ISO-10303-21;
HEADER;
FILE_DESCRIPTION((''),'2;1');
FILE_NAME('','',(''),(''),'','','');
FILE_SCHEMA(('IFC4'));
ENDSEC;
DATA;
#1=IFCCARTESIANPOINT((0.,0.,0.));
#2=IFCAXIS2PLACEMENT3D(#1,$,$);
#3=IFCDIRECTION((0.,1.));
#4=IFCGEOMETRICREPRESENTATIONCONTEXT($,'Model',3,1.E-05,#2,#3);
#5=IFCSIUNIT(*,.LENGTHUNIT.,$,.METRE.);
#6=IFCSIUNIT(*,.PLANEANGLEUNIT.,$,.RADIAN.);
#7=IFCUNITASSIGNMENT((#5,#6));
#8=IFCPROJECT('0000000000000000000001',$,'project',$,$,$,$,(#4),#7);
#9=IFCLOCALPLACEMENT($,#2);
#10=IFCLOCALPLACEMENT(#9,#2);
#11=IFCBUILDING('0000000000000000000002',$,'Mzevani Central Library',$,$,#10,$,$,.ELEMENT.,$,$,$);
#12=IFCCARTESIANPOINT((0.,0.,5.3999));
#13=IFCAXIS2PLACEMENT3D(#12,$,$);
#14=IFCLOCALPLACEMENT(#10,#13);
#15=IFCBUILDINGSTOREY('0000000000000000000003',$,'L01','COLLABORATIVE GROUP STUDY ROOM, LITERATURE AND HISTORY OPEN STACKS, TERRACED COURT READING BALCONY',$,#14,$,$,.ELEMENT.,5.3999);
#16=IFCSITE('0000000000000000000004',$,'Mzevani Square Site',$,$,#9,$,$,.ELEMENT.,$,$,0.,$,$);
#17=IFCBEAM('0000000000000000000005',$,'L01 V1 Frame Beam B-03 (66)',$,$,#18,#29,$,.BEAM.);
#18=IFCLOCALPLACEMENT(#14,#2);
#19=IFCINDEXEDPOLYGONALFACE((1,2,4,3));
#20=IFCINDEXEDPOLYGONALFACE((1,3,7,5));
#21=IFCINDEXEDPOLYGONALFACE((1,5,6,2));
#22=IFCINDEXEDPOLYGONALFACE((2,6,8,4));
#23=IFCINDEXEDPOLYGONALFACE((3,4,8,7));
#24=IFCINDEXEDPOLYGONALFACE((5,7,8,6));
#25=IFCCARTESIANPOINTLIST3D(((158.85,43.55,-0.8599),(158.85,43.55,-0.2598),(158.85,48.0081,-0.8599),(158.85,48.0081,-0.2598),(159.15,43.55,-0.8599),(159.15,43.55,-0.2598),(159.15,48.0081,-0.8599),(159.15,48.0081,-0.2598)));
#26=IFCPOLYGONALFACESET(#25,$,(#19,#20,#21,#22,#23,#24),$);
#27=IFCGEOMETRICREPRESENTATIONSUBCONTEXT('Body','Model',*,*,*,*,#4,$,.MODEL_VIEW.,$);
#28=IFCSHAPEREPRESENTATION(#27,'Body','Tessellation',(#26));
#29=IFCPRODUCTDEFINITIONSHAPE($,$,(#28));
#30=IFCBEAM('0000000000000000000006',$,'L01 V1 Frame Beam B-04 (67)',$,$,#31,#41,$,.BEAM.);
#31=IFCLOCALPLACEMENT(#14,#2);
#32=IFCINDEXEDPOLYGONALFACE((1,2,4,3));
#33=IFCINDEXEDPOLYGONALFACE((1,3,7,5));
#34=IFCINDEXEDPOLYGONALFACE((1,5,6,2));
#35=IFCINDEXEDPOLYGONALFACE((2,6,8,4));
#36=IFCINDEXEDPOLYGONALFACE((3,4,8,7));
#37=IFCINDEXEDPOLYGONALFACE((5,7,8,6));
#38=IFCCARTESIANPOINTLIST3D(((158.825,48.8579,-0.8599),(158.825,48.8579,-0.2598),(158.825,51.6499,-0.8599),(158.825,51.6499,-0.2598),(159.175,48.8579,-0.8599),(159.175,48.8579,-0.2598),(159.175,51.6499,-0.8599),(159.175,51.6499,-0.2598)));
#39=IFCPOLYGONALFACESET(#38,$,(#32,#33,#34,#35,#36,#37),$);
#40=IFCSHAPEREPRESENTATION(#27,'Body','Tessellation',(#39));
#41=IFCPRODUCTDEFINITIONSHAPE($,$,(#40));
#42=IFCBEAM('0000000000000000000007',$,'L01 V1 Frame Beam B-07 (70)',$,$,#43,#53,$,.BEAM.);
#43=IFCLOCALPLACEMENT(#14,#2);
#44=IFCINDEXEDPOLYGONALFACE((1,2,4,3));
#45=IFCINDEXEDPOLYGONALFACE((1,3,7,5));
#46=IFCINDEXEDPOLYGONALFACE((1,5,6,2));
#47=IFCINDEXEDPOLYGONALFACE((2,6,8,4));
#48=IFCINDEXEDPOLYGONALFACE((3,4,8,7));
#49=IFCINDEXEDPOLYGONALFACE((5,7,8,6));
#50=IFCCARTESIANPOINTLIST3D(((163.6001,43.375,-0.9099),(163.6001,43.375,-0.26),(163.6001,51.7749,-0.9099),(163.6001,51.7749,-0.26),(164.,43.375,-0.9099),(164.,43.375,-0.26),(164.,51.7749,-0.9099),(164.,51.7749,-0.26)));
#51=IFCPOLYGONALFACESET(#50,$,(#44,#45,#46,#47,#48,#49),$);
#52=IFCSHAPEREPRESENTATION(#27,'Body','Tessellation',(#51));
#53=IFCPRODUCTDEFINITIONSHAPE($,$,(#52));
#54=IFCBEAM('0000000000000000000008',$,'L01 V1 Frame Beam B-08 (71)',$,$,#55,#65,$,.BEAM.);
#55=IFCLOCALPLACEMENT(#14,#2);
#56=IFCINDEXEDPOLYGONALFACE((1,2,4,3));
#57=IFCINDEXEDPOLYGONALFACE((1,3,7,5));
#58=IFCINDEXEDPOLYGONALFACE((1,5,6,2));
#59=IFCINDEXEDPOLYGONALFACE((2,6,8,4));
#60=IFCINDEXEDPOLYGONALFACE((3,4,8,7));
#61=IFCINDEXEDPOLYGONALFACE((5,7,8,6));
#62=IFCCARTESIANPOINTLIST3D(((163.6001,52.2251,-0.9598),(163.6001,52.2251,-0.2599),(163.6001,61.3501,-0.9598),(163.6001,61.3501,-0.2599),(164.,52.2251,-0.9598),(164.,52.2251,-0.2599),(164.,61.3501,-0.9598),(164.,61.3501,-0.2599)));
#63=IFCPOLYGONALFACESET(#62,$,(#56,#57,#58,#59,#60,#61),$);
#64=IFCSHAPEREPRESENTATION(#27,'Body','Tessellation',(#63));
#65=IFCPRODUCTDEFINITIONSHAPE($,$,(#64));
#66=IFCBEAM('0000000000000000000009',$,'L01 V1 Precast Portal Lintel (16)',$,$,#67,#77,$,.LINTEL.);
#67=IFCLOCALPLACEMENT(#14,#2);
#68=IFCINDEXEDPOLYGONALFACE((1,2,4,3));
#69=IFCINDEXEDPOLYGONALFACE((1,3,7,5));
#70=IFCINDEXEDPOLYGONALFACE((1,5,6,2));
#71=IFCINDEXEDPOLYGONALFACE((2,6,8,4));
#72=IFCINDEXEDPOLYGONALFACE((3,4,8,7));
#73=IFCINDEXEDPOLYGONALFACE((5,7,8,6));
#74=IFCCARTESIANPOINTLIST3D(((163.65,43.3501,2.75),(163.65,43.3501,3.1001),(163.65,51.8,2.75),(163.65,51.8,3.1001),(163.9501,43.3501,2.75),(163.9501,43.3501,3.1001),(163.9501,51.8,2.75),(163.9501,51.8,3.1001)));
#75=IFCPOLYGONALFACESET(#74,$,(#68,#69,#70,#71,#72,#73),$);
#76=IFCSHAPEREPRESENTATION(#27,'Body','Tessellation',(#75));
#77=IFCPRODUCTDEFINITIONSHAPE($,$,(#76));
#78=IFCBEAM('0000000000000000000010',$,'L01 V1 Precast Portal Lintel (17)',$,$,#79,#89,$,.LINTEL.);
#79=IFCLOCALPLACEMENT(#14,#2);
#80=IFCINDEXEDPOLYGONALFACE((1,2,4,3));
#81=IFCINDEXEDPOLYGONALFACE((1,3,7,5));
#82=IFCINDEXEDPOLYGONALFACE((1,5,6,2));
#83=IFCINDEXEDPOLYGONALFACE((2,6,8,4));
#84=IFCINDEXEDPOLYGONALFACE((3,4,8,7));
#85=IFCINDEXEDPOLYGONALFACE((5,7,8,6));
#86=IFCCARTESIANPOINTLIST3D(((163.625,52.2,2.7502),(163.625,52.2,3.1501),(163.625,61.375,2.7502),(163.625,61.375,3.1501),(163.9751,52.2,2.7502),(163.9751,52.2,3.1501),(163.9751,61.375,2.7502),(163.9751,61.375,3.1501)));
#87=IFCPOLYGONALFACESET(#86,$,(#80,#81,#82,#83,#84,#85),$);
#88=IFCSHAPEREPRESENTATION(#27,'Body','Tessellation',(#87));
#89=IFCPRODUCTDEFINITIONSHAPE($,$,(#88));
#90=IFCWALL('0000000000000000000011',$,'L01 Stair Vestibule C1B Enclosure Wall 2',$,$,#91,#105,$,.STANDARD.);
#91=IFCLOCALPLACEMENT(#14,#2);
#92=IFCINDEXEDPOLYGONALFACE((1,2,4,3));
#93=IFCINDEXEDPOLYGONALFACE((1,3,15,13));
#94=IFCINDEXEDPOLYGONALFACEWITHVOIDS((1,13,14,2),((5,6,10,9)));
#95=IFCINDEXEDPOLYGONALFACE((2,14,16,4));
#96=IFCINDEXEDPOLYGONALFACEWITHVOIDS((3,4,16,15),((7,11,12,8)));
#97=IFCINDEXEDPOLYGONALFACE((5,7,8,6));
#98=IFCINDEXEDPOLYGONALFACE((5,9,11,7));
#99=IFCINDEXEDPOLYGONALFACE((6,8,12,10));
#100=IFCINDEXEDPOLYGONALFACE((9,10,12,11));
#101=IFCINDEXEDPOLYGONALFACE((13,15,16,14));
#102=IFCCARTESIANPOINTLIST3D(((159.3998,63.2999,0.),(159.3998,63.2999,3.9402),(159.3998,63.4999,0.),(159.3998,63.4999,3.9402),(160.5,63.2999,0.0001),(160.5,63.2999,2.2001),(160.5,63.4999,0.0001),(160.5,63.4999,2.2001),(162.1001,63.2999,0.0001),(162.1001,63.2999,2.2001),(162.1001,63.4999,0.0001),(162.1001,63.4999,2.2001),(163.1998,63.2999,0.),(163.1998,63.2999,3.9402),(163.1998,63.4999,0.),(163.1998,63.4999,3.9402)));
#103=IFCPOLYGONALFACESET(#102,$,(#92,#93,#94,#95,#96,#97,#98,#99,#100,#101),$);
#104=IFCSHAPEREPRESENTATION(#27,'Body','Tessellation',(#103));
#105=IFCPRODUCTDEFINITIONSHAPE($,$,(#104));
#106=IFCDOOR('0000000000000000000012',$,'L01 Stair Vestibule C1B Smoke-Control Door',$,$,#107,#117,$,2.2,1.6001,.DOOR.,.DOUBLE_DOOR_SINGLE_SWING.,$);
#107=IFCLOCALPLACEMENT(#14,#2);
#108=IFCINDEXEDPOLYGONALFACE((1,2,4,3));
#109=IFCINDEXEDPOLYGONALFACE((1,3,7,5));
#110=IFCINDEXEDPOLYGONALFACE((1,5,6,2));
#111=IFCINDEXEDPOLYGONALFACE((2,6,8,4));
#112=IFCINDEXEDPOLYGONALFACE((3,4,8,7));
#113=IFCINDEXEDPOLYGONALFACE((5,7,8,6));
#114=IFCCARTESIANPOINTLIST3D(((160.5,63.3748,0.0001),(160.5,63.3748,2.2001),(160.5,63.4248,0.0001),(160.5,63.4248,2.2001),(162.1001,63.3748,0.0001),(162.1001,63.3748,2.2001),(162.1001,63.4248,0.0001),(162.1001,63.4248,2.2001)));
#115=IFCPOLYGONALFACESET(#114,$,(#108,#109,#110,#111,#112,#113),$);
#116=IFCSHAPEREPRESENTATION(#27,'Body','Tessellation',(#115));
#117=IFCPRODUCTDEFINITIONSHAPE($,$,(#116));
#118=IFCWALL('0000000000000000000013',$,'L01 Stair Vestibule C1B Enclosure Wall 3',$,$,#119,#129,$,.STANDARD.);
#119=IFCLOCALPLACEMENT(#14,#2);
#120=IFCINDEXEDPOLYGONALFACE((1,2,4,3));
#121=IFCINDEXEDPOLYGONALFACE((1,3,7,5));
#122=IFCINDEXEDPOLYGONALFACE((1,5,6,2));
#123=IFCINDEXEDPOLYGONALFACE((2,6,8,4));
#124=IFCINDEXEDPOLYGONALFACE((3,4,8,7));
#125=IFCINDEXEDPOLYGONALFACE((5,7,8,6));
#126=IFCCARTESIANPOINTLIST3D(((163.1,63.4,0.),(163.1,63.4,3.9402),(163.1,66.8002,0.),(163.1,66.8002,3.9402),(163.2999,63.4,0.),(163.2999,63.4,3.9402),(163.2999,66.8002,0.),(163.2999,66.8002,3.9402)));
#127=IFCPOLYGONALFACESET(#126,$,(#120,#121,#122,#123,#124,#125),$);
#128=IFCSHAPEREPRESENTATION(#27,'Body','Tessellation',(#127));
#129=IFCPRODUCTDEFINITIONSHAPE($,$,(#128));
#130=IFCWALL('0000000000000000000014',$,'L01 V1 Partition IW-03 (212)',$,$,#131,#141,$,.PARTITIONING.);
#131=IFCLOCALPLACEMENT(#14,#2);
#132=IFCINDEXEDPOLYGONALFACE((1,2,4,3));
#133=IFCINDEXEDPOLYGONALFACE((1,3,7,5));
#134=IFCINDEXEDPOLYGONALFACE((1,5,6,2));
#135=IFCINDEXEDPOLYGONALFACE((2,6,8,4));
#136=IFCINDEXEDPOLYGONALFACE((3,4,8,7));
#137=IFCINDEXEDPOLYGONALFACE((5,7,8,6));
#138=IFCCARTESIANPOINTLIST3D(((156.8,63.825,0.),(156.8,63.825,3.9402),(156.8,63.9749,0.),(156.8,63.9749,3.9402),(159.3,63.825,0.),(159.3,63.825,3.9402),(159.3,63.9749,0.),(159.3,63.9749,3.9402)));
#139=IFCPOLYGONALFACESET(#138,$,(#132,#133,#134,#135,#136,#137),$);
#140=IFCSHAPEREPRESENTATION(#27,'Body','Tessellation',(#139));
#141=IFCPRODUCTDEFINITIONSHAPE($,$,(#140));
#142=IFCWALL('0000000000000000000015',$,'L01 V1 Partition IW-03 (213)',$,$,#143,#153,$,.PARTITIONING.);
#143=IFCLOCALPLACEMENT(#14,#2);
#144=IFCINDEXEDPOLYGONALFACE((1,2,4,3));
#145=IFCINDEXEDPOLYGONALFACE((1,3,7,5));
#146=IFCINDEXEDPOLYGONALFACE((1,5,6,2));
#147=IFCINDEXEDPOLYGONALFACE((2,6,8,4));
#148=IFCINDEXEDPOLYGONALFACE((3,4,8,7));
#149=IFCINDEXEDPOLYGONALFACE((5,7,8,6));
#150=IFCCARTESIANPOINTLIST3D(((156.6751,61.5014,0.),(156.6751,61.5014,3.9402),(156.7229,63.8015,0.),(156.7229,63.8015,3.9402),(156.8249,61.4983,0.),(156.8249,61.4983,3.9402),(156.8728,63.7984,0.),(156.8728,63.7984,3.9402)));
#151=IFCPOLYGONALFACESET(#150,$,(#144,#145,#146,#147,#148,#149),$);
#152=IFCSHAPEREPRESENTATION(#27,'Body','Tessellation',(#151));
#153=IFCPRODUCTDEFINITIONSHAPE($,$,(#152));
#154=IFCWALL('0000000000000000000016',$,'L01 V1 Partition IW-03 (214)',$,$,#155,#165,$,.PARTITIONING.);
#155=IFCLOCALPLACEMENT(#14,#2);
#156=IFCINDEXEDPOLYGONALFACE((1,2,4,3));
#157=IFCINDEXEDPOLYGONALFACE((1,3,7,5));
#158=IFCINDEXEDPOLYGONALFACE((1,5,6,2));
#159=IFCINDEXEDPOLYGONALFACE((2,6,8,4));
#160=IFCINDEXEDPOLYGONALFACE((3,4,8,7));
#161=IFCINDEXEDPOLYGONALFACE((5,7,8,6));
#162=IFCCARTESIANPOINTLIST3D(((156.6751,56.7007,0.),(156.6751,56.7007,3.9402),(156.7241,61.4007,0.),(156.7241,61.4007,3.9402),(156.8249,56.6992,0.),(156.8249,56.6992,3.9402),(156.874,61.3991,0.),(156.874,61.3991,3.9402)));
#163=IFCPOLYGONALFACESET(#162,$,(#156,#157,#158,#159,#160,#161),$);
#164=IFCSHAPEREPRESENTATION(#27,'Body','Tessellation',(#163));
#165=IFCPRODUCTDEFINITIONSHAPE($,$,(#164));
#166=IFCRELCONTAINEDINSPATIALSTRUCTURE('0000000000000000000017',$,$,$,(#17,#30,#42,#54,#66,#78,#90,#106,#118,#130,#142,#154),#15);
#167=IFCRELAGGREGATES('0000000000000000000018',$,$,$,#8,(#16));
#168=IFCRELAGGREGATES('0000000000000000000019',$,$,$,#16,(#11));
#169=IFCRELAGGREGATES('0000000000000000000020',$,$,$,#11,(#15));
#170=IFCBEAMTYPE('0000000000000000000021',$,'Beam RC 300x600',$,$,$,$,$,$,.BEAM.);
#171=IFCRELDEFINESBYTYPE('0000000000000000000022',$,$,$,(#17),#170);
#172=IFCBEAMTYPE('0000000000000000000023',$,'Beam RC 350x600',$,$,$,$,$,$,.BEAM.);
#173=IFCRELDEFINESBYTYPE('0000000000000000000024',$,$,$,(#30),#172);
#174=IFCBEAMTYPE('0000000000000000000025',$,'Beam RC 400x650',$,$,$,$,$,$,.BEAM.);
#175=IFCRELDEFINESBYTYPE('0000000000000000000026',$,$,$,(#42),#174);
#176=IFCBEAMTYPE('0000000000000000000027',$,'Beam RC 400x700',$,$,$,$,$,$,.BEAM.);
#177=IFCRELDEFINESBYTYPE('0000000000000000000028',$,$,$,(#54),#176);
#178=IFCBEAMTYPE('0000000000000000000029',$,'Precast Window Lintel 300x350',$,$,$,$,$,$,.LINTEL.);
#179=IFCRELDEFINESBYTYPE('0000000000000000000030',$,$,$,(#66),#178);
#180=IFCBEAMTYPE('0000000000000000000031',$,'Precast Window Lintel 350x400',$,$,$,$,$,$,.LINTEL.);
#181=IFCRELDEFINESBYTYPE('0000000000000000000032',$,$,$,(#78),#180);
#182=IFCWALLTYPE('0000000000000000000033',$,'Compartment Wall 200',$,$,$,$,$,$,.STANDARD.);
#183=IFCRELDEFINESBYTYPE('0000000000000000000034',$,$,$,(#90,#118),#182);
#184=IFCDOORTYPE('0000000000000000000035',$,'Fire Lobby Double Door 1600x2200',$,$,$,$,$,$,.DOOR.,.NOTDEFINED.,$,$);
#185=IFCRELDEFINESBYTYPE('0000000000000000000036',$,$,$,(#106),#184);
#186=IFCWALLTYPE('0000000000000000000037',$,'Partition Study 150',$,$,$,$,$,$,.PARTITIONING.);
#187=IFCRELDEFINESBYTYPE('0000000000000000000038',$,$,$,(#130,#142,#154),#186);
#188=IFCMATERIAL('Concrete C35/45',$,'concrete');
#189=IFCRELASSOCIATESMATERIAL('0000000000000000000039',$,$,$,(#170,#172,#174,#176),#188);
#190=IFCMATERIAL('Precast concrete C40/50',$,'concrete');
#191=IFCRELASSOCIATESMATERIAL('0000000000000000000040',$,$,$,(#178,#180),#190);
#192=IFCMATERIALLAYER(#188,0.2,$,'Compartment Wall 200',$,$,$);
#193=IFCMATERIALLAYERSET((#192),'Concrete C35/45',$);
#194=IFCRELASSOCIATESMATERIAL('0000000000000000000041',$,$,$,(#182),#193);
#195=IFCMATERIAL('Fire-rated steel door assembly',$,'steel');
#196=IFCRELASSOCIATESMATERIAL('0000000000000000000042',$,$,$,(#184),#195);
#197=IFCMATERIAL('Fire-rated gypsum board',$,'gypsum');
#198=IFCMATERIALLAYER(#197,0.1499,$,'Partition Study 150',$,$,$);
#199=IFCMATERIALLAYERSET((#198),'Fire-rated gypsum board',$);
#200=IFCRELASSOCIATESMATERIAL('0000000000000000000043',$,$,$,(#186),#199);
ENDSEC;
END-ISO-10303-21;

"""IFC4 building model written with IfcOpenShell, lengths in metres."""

from ifc_helpers import new_model, si_unit, direction, frame, frame_2d, origin, origin_2d, place, context, subcontext, project, spatial, rectangle, extrude, material, layer, layer_set, material_profile, profile_set, type_object, element, fill, save


model = new_model("IFC4")

# Units and contexts
model_context = context("Model", 3, precision=1e-05, world=origin(), true_north=direction((0.0, 1.0)))
body_context = subcontext(model_context, "Body", "Model", "MODEL_VIEW")
ifc_project = project(units=[si_unit("LENGTHUNIT", "METRE"), si_unit("PLANEANGLEUNIT", "RADIAN")], contexts=[model_context])

# Site, building, storey
site_placement = place(None, origin())
site = spatial("IfcSite", under=ifc_project, at=site_placement, Name="Mzevani Square Site", CompositionType="ELEMENT", RefElevation=0.0)
building_placement = place(site_placement, origin())
building = spatial("IfcBuilding", under=site, at=building_placement, Name="Mzevani Central Library", CompositionType="ELEMENT")
storey_placement = place(building_placement, frame((0.0, 0.0, 5.3999)))
storey = spatial("IfcBuildingStorey", under=building, at=storey_placement, Name="L01", Description="COLLABORATIVE GROUP STUDY ROOM, LITERATURE AND HISTORY OPEN STACKS, TERRACED COURT READING BALCONY", CompositionType="ELEMENT", Elevation=5.3999)

# Beams
ifc_material_1 = material(Name="Concrete C35/45", Category="concrete")
ifc_material_profile_1 = material_profile(ifc_material_1, rectangle(XDim=0.3, YDim=0.6001, at=origin_2d()), Name="RC B300x600")
ifc_profile_set_1 = profile_set([ifc_material_profile_1], Name="Concrete C35/45")
beam_type_1 = type_object("IfcBeamType", Name="Beam RC 300x600", PredefinedType="BEAM", material=ifc_profile_set_1)
beam_1_placement = place(storey_placement, frame((159.0, 43.55, -0.5598), z_axis=(0.0, 1.0, 0.0), x_axis=(-1.0, 0.0, 0.0)))
element("IfcBeam", 1, at=beam_1_placement, inside=storey, type_object=beam_type_1, Name="L01 V1 Frame Beam B-03 (66)", PredefinedType="BEAM", context=body_context, shape_type="SweptSolid", body=[
    extrude(rectangle(XDim=0.3, YDim=0.6001, at=origin_2d()), origin(), (0.0, 0.0, 1.0), 4.458),
])
ifc_material_profile_2 = material_profile(ifc_material_1, rectangle(XDim=0.3501, YDim=0.6001, at=origin_2d()), Name="RC B350x600")
ifc_profile_set_2 = profile_set([ifc_material_profile_2], Name="Concrete C35/45")
beam_type_2 = type_object("IfcBeamType", Name="Beam RC 350x600", PredefinedType="BEAM", material=ifc_profile_set_2)
beam_2_placement = place(storey_placement, frame((159.0, 48.8579, -0.5598), z_axis=(0.0, 1.0, 0.0), x_axis=(-1.0, 0.0, 0.0)))
element("IfcBeam", 2, at=beam_2_placement, inside=storey, type_object=beam_type_2, Name="L01 V1 Frame Beam B-04 (67)", PredefinedType="BEAM", context=body_context, shape_type="SweptSolid", body=[
    extrude(rectangle(XDim=0.3501, YDim=0.6001, at=origin_2d()), origin(), (0.0, 0.0, 1.0), 2.792),
])
ifc_material_profile_3 = material_profile(ifc_material_1, rectangle(XDim=0.3999, YDim=0.6499, at=origin_2d()), Name="RC B400x650")
ifc_profile_set_3 = profile_set([ifc_material_profile_3], Name="Concrete C35/45")
beam_type_3 = type_object("IfcBeamType", Name="Beam RC 400x650", PredefinedType="BEAM", material=ifc_profile_set_3)
beam_3_placement = place(storey_placement, frame((163.8, 43.375, -0.585), z_axis=(0.0, 1.0, 0.0), x_axis=(-1.0, 0.0, 0.0)))
element("IfcBeam", 3, at=beam_3_placement, inside=storey, type_object=beam_type_3, Name="L01 V1 Frame Beam B-07 (70)", PredefinedType="BEAM", context=body_context, shape_type="SweptSolid", body=[
    extrude(rectangle(XDim=0.3999, YDim=0.6499, at=origin_2d()), origin(), (0.0, 0.0, 1.0), 8.3999),
])
ifc_material_profile_4 = material_profile(ifc_material_1, rectangle(XDim=0.3999, YDim=0.7, at=origin_2d()), Name="RC B400x700")
ifc_profile_set_4 = profile_set([ifc_material_profile_4], Name="Concrete C35/45")
beam_type_4 = type_object("IfcBeamType", Name="Beam RC 400x700", PredefinedType="BEAM", material=ifc_profile_set_4)
beam_4_placement = place(storey_placement, frame((163.8, 52.2251, -0.6099), z_axis=(0.0, 1.0, 0.0), x_axis=(-1.0, 0.0, 0.0)))
element("IfcBeam", 4, at=beam_4_placement, inside=storey, type_object=beam_type_4, Name="L01 V1 Frame Beam B-08 (71)", PredefinedType="BEAM", context=body_context, shape_type="SweptSolid", body=[
    extrude(rectangle(XDim=0.3999, YDim=0.7, at=origin_2d()), origin(), (0.0, 0.0, 1.0), 9.125),
])
ifc_material_2 = material(Name="Precast concrete C40/50", Category="concrete")
ifc_material_profile_5 = material_profile(ifc_material_2, rectangle(XDim=0.3, YDim=0.3501, at=origin_2d()), Name="PC LN300x350")
ifc_profile_set_5 = profile_set([ifc_material_profile_5], Name="Precast concrete C40/50")
beam_type_5 = type_object("IfcBeamType", Name="Precast Window Lintel 300x350", PredefinedType="LINTEL", material=ifc_profile_set_5)
beam_5_placement = place(storey_placement, frame((163.8, 43.3501, 2.925), z_axis=(0.0, 1.0, 0.0), x_axis=(-1.0, 0.0, 0.0)))
element("IfcBeam", 5, at=beam_5_placement, inside=storey, type_object=beam_type_5, Name="L01 V1 Precast Portal Lintel (16)", PredefinedType="LINTEL", context=body_context, shape_type="SweptSolid", body=[
    extrude(rectangle(XDim=0.3, YDim=0.3501, at=origin_2d()), origin(), (0.0, 0.0, 1.0), 8.45),
])
ifc_material_profile_6 = material_profile(ifc_material_2, rectangle(XDim=0.3501, YDim=0.3999, at=origin_2d()), Name="PC LN350x400")
ifc_profile_set_6 = profile_set([ifc_material_profile_6], Name="Precast concrete C40/50")
beam_type_6 = type_object("IfcBeamType", Name="Precast Window Lintel 350x400", PredefinedType="LINTEL", material=ifc_profile_set_6)
beam_6_placement = place(storey_placement, frame((163.8, 52.2, 2.9502), z_axis=(0.0, 1.0, 0.0), x_axis=(-1.0, 0.0, 0.0)))
element("IfcBeam", 6, at=beam_6_placement, inside=storey, type_object=beam_type_6, Name="L01 V1 Precast Portal Lintel (17)", PredefinedType="LINTEL", context=body_context, shape_type="SweptSolid", body=[
    extrude(rectangle(XDim=0.3501, YDim=0.3999, at=origin_2d()), origin(), (0.0, 0.0, 1.0), 9.175),
])

# Wall, opening, door
ifc_layer_1 = layer(ifc_material_1, 0.2, Name="Compartment Wall 200")
ifc_layer_set_1 = layer_set([ifc_layer_1], Name="Concrete C35/45")
wall_type_1 = type_object("IfcWallType", Name="Compartment Wall 200", PredefinedType="STANDARD", material=ifc_layer_set_1)
wall_1_placement = place(storey_placement, frame((159.3999, 63.3999, 0.0), z_axis=(0.0, 0.0, 1.0), x_axis=(1.0, 0.0, 0.0)))
wall_1 = element("IfcWall", 7, at=wall_1_placement, inside=storey, type_object=wall_type_1, Name="L01 Stair Vestibule C1B Enclosure Wall 2", PredefinedType="STANDARD", context=body_context, shape_type="SweptSolid", body=[
    extrude(rectangle(XDim=3.8, YDim=0.2, at=frame_2d((1.8999, 0.0))), origin(), (0.0, 0.0, 1.0), 3.9402),
])
opening_placement = place(wall_1_placement, frame((1.1001, 0.0, 0.0)))
opening = element("IfcOpeningElement", 8, at=opening_placement, cuts=wall_1, PredefinedType="OPENING", context=body_context, shape_type="SweptSolid", body=[
    extrude(rectangle(XDim=1.6001, YDim=2.2, at=frame_2d((0.8, 1.1001))), frame((0.0, 0.1099, 0.0), z_axis=(0.0, -1.0, 0.0), x_axis=(1.0, 0.0, 0.0)), (0.0, 0.0, 1.0), 0.22),
])
ifc_material_3 = material(Name="Fire-rated steel door assembly", Category="steel")
door_type = type_object("IfcDoorType", Name="Fire Lobby Double Door 1600x2200", OperationType="NOTDEFINED", PredefinedType="DOOR", material=ifc_material_3)
door_placement = place(opening_placement, origin())
door = element("IfcDoor", 9, at=door_placement, inside=storey, type_object=door_type, Name="L01 Stair Vestibule C1B Smoke-Control Door", OperationType="DOUBLE_DOOR_SINGLE_SWING", OverallHeight=2.2, OverallWidth=1.6001, PredefinedType="DOOR", context=body_context, shape_type="SweptSolid", body=[
    extrude(rectangle(XDim=1.6001, YDim=2.2, at=frame_2d((0.8, 1.1001))), frame((0.0, 0.0249, 0.0), z_axis=(0.0, -1.0, 0.0), x_axis=(1.0, 0.0, 0.0)), (0.0, 0.0, 1.0), 0.05),
])
fill(opening, door)

# Walls
wall_2_placement = place(storey_placement, frame((163.2, 63.3999, 0.0), z_axis=(0.0, 0.0, 1.0), x_axis=(0.0, 1.0, 0.0)))
element("IfcWall", 10, at=wall_2_placement, inside=storey, type_object=wall_type_1, Name="L01 Stair Vestibule C1B Enclosure Wall 3", PredefinedType="STANDARD", context=body_context, shape_type="SweptSolid", body=[
    extrude(rectangle(XDim=3.4001, YDim=0.2, at=frame_2d((1.7002, 0.0))), origin(), (0.0, 0.0, 1.0), 3.9402),
])
ifc_material_4 = material(Name="Fire-rated gypsum board", Category="gypsum")
ifc_layer_2 = layer(ifc_material_4, 0.1499, Name="Partition Study 150")
ifc_layer_set_2 = layer_set([ifc_layer_2], Name="Fire-rated gypsum board")
wall_type_2 = type_object("IfcWallType", Name="Partition Study 150", PredefinedType="PARTITIONING", material=ifc_layer_set_2)
wall_3_placement = place(storey_placement, frame((159.3, 63.8999, 0.0), z_axis=(0.0, 0.0, 1.0), x_axis=(-1.0, 0.0, 0.0)))
element("IfcWall", 11, at=wall_3_placement, inside=storey, type_object=wall_type_2, Name="L01 V1 Partition IW-03 (212)", PredefinedType="PARTITIONING", context=body_context, shape_type="SweptSolid", body=[
    extrude(rectangle(XDim=2.5, YDim=0.1499, at=frame_2d((1.25, 0.0))), origin(), (0.0, 0.0, 1.0), 3.9402),
])
wall_4_placement = place(storey_placement, frame((156.7979, 63.8, 0.0), z_axis=(0.0, 0.0, 1.0), x_axis=(-0.0208, -0.999784, 0.0)))
element("IfcWall", 12, at=wall_4_placement, inside=storey, type_object=wall_type_2, Name="L01 V1 Partition IW-03 (213)", PredefinedType="PARTITIONING", context=body_context, shape_type="SweptSolid", body=[
    extrude(rectangle(XDim=2.3005, YDim=0.1499, at=frame_2d((1.1504, 0.0))), origin(), (0.0, 0.0, 1.0), 3.9402),
])
wall_5_placement = place(storey_placement, frame((156.7991, 61.3999, 0.0), z_axis=(0.0, 0.0, 1.0), x_axis=(-0.01044, -0.999945, 0.0)))
element("IfcWall", 13, at=wall_5_placement, inside=storey, type_object=wall_type_2, Name="L01 V1 Partition IW-03 (214)", PredefinedType="PARTITIONING", context=body_context, shape_type="SweptSolid", body=[
    extrude(rectangle(XDim=4.7002, YDim=0.1499, at=frame_2d((2.3501, 0.0))), origin(), (0.0, 0.0, 1.0), 3.9402),
])

save(model, "model.ifc")
